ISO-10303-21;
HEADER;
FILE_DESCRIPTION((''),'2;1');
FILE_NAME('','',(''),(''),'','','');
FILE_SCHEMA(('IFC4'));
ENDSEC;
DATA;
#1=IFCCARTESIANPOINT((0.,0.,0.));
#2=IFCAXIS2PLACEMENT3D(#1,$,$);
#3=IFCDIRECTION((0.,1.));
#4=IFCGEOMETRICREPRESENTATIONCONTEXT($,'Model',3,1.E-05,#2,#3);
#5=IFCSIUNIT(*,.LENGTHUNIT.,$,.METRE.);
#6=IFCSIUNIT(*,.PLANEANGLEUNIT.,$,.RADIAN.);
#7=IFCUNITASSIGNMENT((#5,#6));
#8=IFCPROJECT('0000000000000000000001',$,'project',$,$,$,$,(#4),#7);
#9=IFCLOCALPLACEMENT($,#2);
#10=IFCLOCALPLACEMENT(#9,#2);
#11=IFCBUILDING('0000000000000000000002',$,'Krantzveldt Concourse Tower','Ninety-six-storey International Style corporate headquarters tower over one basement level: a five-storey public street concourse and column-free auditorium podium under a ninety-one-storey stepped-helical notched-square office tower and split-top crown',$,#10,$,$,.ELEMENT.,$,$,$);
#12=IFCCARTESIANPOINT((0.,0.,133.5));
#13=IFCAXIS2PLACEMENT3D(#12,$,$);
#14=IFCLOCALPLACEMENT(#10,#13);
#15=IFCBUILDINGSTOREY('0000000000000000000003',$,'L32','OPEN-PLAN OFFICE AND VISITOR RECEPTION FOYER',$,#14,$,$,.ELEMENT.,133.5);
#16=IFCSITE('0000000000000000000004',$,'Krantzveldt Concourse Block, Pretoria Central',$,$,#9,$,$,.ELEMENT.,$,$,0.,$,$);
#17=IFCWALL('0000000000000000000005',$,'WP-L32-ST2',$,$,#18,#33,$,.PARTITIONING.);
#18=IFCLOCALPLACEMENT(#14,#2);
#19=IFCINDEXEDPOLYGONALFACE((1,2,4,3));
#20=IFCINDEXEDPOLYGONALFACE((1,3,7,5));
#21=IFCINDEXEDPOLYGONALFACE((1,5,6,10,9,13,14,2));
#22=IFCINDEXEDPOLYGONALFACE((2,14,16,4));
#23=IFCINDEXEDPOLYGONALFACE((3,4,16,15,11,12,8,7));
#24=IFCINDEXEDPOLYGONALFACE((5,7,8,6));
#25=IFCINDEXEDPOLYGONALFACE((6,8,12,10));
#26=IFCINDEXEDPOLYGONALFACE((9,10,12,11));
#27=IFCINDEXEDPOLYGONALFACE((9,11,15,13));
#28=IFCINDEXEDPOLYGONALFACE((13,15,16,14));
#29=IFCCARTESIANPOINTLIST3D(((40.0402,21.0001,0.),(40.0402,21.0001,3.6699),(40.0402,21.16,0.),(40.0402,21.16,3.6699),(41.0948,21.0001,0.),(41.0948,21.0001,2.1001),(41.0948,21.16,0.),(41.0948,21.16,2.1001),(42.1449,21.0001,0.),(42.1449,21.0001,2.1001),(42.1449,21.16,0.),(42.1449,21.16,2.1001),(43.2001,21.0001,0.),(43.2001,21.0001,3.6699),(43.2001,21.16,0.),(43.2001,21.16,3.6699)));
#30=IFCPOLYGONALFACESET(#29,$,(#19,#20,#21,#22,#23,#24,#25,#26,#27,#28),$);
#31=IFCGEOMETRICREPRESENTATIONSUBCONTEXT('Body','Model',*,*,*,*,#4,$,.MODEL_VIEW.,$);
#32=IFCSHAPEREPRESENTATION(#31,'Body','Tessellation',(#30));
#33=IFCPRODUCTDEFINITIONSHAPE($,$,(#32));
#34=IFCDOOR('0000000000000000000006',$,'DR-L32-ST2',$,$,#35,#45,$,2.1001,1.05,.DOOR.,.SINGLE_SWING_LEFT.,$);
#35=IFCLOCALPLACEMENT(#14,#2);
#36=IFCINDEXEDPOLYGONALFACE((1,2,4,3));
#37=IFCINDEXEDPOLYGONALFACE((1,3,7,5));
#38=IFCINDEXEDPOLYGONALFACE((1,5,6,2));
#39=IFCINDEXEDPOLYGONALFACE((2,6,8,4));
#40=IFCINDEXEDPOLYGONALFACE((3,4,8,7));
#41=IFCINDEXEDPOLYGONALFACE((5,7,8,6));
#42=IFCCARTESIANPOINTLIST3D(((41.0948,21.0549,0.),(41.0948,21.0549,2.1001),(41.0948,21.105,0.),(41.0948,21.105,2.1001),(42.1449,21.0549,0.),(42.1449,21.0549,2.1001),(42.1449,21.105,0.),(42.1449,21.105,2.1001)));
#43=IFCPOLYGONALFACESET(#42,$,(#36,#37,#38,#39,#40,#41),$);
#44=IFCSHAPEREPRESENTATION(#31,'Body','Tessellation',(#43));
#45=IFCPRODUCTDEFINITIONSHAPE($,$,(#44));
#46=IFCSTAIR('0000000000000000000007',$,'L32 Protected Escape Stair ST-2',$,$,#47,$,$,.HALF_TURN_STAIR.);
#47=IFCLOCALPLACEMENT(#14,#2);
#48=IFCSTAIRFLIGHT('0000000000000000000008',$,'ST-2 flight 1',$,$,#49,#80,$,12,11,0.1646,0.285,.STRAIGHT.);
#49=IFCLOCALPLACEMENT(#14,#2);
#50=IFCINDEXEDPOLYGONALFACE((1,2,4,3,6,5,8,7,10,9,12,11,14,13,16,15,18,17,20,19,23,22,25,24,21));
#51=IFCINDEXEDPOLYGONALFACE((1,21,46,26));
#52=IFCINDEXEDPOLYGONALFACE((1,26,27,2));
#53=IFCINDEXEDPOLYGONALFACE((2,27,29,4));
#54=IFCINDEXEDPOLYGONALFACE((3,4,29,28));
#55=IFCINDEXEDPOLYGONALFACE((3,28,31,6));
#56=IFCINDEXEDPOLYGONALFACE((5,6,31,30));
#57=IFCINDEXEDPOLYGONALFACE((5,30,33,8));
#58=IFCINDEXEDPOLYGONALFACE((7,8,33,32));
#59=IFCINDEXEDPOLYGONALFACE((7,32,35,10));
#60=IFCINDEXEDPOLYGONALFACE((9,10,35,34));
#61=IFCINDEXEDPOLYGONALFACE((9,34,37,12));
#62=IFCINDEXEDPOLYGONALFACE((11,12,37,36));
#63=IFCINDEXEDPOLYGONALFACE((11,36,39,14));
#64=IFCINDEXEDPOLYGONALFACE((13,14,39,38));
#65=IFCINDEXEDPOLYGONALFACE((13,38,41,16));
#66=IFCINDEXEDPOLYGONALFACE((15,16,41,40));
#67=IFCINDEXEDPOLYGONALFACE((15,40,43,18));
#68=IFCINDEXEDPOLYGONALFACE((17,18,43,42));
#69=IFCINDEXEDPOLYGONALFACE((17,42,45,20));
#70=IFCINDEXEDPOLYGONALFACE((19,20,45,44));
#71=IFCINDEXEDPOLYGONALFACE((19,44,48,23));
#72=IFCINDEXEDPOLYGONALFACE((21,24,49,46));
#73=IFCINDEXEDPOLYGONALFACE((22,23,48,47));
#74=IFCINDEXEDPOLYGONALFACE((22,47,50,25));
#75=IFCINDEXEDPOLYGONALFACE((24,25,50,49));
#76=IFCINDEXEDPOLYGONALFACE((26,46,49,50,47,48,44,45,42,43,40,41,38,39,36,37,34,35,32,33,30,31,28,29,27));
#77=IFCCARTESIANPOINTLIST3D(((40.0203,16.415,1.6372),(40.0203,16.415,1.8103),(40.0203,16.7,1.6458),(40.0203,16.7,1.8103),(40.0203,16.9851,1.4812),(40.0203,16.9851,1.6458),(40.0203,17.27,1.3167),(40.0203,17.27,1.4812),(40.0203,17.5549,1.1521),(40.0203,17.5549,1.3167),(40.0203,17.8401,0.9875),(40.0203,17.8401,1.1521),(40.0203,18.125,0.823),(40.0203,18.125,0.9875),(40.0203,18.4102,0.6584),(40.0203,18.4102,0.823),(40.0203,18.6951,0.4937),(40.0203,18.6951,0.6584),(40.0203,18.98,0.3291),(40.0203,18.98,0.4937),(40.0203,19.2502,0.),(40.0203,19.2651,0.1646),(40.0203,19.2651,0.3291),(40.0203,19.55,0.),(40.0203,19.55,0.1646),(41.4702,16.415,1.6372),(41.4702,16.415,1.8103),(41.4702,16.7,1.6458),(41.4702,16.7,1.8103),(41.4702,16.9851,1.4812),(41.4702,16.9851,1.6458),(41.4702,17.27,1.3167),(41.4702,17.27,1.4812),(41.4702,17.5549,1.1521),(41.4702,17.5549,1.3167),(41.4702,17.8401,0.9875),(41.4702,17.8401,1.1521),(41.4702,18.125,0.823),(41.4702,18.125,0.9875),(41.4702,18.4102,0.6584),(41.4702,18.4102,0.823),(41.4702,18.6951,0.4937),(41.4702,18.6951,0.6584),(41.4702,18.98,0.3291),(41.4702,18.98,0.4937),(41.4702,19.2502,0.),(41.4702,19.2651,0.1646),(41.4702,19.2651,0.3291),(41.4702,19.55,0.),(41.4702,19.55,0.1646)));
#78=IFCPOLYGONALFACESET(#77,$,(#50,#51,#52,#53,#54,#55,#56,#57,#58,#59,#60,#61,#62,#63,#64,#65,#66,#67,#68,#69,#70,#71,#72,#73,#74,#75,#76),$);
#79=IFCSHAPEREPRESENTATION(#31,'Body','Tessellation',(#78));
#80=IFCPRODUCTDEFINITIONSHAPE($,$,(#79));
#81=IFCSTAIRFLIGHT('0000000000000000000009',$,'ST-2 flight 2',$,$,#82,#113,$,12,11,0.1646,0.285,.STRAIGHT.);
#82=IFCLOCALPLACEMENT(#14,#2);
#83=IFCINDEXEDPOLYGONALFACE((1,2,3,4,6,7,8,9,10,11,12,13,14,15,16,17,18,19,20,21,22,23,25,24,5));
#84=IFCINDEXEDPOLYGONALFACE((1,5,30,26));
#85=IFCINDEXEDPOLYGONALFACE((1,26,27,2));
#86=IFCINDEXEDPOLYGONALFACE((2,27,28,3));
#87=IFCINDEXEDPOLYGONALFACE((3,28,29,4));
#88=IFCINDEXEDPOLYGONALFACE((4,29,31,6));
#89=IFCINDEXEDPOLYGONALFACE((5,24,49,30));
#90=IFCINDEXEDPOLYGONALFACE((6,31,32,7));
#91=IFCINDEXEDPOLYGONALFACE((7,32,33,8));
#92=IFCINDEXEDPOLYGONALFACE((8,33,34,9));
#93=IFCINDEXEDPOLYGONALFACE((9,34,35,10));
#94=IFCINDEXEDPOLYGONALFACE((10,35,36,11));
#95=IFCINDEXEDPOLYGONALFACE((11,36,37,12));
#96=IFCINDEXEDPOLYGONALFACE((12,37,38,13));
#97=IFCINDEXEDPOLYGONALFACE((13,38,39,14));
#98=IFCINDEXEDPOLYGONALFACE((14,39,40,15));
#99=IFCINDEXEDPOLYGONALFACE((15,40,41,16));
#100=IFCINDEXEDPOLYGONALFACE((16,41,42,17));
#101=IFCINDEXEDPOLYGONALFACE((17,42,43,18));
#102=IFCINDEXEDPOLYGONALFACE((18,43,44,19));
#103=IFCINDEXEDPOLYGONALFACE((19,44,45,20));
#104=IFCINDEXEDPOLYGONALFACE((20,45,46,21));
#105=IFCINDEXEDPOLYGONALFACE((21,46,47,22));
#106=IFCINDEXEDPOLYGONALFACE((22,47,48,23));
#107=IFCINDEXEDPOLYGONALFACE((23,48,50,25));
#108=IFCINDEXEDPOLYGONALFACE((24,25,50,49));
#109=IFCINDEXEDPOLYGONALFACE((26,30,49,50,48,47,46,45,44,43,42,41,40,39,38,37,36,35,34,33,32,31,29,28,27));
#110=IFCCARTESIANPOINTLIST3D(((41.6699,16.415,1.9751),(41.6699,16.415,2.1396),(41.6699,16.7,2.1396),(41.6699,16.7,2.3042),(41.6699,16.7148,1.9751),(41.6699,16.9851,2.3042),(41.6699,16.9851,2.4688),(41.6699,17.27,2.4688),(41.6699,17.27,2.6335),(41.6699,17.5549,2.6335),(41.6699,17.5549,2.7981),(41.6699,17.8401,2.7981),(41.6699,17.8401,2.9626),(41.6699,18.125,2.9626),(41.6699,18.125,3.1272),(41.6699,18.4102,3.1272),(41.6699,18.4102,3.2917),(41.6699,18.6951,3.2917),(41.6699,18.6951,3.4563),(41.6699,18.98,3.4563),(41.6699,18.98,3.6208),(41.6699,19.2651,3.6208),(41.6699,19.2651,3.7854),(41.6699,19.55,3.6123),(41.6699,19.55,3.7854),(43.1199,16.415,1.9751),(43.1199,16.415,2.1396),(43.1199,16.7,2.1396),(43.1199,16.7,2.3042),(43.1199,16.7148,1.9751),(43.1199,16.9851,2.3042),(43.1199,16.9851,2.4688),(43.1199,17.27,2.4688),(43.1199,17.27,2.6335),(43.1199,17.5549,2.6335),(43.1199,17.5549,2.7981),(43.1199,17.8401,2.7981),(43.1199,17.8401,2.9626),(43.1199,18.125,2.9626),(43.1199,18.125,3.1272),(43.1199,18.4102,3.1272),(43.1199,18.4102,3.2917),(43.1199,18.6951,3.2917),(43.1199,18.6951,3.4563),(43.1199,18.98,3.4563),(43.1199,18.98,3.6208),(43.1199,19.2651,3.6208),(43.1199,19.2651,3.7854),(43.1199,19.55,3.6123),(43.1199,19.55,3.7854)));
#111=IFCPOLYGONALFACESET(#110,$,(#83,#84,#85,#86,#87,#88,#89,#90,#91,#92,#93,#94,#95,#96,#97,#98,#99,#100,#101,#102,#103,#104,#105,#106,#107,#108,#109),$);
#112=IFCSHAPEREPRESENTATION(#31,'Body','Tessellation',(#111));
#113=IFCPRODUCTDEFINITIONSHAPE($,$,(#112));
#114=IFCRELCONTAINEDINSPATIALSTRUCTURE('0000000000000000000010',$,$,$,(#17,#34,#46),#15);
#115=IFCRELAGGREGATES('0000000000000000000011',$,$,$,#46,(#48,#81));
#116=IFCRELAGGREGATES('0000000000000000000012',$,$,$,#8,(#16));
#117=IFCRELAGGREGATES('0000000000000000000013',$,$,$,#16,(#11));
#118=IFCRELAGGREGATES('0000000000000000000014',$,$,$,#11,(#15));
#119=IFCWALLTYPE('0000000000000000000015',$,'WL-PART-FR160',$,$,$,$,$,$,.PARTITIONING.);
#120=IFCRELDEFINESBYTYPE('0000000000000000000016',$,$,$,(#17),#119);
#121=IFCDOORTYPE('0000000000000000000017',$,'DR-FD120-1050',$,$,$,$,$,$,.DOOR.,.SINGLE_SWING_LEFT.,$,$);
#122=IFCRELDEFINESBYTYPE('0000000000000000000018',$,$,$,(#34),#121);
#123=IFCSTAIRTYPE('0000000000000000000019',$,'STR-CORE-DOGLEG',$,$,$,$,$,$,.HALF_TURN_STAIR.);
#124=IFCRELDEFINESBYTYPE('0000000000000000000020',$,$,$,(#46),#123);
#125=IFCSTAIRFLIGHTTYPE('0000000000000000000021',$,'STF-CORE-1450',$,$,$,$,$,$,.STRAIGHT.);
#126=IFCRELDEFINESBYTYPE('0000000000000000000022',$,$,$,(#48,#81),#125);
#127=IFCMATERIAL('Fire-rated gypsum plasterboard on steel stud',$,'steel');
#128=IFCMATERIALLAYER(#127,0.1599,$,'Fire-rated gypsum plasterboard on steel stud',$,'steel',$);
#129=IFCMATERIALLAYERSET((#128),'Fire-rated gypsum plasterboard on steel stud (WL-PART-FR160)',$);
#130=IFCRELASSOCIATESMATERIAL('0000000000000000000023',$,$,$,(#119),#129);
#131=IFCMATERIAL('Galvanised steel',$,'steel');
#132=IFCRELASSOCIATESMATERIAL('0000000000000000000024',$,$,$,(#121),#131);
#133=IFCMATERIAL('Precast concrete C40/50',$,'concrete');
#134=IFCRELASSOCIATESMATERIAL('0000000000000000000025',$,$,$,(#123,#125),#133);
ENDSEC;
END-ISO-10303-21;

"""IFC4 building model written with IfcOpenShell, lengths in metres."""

from ifc_helpers import new_model, si_unit, direction, frame, frame_2d, origin, place, context, subcontext, project, spatial, polyline, rectangle, outline, extrude, material, layer, layer_set, type_object, element, fill, aggregate, save


model = new_model("IFC4")

# Units and contexts
model_context = context("Model", 3, precision=1e-05, world=origin(), true_north=direction((0.0, 1.0)))
body_context = subcontext(model_context, "Body", "Model", "MODEL_VIEW")
ifc_project = project(units=[si_unit("LENGTHUNIT", "METRE"), si_unit("PLANEANGLEUNIT", "RADIAN")], contexts=[model_context])

# Site, building, storey
site_placement = place(None, origin())
site = spatial("IfcSite", under=ifc_project, at=site_placement, Name="Krantzveldt Concourse Block, Pretoria Central", CompositionType="ELEMENT", RefElevation=0.0)
building_placement = place(site_placement, origin())
building = spatial("IfcBuilding", under=site, at=building_placement, Name="Krantzveldt Concourse Tower", Description="Ninety-six-storey International Style corporate headquarters tower over one basement level: a five-storey public street concourse and column-free auditorium podium under a ninety-one-storey stepped-helical notched-square office tower and split-top crown", CompositionType="ELEMENT")
storey_placement = place(building_placement, frame((0.0, 0.0, 133.5)))
storey = spatial("IfcBuildingStorey", under=building, at=storey_placement, Name="L32", Description="OPEN-PLAN OFFICE AND VISITOR RECEPTION FOYER", CompositionType="ELEMENT", Elevation=133.5)

# Shared definitions
ifc_material_1 = material(Name="Fire-rated gypsum plasterboard on steel stud", Category="steel")

# Wall, opening, door
ifc_layer_1 = layer(ifc_material_1, 0.1599, Name="Fire-rated gypsum plasterboard on steel stud", Category="steel")
ifc_layer_set_1 = layer_set([ifc_layer_1], Name="Fire-rated gypsum plasterboard on steel stud (WL-PART-FR160)")
wall_type_1 = type_object("IfcWallType", Name="WL-PART-FR160", PredefinedType="PARTITIONING", material=ifc_layer_set_1)
wall_1_placement = place(storey_placement, frame((40.04, 21.0801, 0.0), z_axis=(0.0, 0.0, 1.0), x_axis=(1.0, 0.0, 0.0)))
wall_1 = element("IfcWall", 1, at=wall_1_placement, inside=storey, type_object=wall_type_1, Name="WP-L32-ST2", PredefinedType="PARTITIONING", context=body_context, shape_type="SweptSolid", body=[
    extrude(rectangle(XDim=3.1599, YDim=0.1599, at=frame_2d((1.5801, 0.0))), origin(), (0.0, 0.0, 1.0), 3.6699),
])
opening_1_placement = place(wall_1_placement, frame((1.0549, 0.0, 0.0)))
opening_1 = element("IfcOpeningElement", 2, at=opening_1_placement, cuts=wall_1, PredefinedType="OPENING", context=body_context, shape_type="SweptSolid", body=[
    extrude(rectangle(XDim=1.05, YDim=2.1001, at=frame_2d((0.5249, 1.05))), frame((0.0, 0.0898, 0.0), z_axis=(0.0, -1.0, 0.0), x_axis=(1.0, 0.0, 0.0)), (0.0, 0.0, 1.0), 0.1799),
])
ifc_material_2 = material(Name="Galvanised steel", Category="steel")
door_type_1 = type_object("IfcDoorType", Name="DR-FD120-1050", OperationType="SINGLE_SWING_LEFT", PredefinedType="DOOR", material=ifc_material_2)
door_1_placement = place(opening_1_placement, origin())
door_1 = element("IfcDoor", 3, at=door_1_placement, inside=storey, type_object=door_type_1, Name="DR-L32-ST2", OperationType="SINGLE_SWING_LEFT", OverallHeight=2.1001, OverallWidth=1.05, PredefinedType="DOOR", context=body_context, shape_type="SweptSolid", body=[
    extrude(rectangle(XDim=1.05, YDim=2.1001, at=frame_2d((0.5249, 1.05))), frame((0.0, 0.0249, 0.0), z_axis=(0.0, -1.0, 0.0), x_axis=(1.0, 0.0, 0.0)), (0.0, 0.0, 1.0), 0.05),
])
fill(opening_1, door_1)

# Stair, stair flights
ifc_material_3 = material(Name="Precast concrete C40/50", Category="concrete")
stair_type = type_object("IfcStairType", Name="STR-CORE-DOGLEG", PredefinedType="HALF_TURN_STAIR", material=ifc_material_3)
stair_placement = place(storey_placement, origin())
stair = element("IfcStair", 4, at=stair_placement, inside=storey, type_object=stair_type, Name="L32 Protected Escape Stair ST-2", PredefinedType="HALF_TURN_STAIR")
stair_flight_type = type_object("IfcStairFlightType", Name="STF-CORE-1450", PredefinedType="STRAIGHT", material=ifc_material_3)
stair_flight_1_placement = place(storey_placement, frame((40.7451, 19.55, 0.0), z_axis=(0.0, 0.0, 1.0), x_axis=(0.0, -1.0, 0.0)))
stair_flight_1 = element("IfcStairFlight", 5, at=stair_flight_1_placement, type_object=stair_flight_type, Name="ST-2 flight 1", NumberOfRisers=12, NumberOfTreads=11, PredefinedType="STRAIGHT", RiserHeight=0.1646, TreadLength=0.285, context=body_context, shape_type="SweptSolid", body=[
    extrude(outline(polyline([(0.0, 0.0), (0.0, 0.1646), (0.2849, 0.1646), (0.2849, 0.3291), (0.5701, 0.3291), (0.5701, 0.4937), (0.855, 0.4937), (0.855, 0.6584), (1.1399, 0.6584), (1.1399, 0.823), (1.425, 0.823), (1.425, 0.9875), (1.71, 0.9875), (1.71, 1.1521), (1.9951, 1.1521), (1.9951, 1.3167), (2.28, 1.3167), (2.28, 1.4812), (2.5649, 1.4812), (2.5649, 1.6458), (2.8501, 1.6458), (2.8501, 1.8103), (3.135, 1.8103), (3.135, 1.9751), (3.135, 1.6372), (0.2998, 0.0), (0.0, 0.0)])), frame((0.0, 0.7251, 0.0), z_axis=(0.0, -1.0, 0.0), x_axis=(1.0, 0.0, 0.0)), (0.0, 0.0, 1.0), 1.45),
])
stair_flight_2_placement = place(storey_placement, frame((42.395, 16.415, 1.9751), z_axis=(0.0, 0.0, 1.0), x_axis=(0.0, 1.0, 0.0)))
stair_flight_2 = element("IfcStairFlight", 6, at=stair_flight_2_placement, type_object=stair_flight_type, Name="ST-2 flight 2", NumberOfRisers=12, NumberOfTreads=11, PredefinedType="STRAIGHT", RiserHeight=0.1646, TreadLength=0.285, context=body_context, shape_type="SweptSolid", body=[
    extrude(outline(polyline([(0.0, 0.0), (0.0, 0.1646), (0.2849, 0.1646), (0.2849, 0.3291), (0.5701, 0.3291), (0.5701, 0.4937), (0.855, 0.4937), (0.855, 0.6584), (1.1399, 0.6584), (1.1399, 0.823), (1.425, 0.823), (1.425, 0.9875), (1.71, 0.9875), (1.71, 1.1521), (1.9951, 1.1521), (1.9951, 1.3167), (2.28, 1.3167), (2.28, 1.4812), (2.5649, 1.4812), (2.5649, 1.6458), (2.8501, 1.6458), (2.8501, 1.8103), (3.135, 1.8103), (3.135, 1.9751), (3.135, 1.6372), (0.2998, 0.0), (0.0, 0.0)])), frame((0.0, 0.7251, 0.0), z_axis=(0.0, -1.0, 0.0), x_axis=(1.0, 0.0, 0.0)), (0.0, 0.0, 1.0), 1.45),
])
aggregate(stair, [stair_flight_1, stair_flight_2])

save(model, "model.ifc")
